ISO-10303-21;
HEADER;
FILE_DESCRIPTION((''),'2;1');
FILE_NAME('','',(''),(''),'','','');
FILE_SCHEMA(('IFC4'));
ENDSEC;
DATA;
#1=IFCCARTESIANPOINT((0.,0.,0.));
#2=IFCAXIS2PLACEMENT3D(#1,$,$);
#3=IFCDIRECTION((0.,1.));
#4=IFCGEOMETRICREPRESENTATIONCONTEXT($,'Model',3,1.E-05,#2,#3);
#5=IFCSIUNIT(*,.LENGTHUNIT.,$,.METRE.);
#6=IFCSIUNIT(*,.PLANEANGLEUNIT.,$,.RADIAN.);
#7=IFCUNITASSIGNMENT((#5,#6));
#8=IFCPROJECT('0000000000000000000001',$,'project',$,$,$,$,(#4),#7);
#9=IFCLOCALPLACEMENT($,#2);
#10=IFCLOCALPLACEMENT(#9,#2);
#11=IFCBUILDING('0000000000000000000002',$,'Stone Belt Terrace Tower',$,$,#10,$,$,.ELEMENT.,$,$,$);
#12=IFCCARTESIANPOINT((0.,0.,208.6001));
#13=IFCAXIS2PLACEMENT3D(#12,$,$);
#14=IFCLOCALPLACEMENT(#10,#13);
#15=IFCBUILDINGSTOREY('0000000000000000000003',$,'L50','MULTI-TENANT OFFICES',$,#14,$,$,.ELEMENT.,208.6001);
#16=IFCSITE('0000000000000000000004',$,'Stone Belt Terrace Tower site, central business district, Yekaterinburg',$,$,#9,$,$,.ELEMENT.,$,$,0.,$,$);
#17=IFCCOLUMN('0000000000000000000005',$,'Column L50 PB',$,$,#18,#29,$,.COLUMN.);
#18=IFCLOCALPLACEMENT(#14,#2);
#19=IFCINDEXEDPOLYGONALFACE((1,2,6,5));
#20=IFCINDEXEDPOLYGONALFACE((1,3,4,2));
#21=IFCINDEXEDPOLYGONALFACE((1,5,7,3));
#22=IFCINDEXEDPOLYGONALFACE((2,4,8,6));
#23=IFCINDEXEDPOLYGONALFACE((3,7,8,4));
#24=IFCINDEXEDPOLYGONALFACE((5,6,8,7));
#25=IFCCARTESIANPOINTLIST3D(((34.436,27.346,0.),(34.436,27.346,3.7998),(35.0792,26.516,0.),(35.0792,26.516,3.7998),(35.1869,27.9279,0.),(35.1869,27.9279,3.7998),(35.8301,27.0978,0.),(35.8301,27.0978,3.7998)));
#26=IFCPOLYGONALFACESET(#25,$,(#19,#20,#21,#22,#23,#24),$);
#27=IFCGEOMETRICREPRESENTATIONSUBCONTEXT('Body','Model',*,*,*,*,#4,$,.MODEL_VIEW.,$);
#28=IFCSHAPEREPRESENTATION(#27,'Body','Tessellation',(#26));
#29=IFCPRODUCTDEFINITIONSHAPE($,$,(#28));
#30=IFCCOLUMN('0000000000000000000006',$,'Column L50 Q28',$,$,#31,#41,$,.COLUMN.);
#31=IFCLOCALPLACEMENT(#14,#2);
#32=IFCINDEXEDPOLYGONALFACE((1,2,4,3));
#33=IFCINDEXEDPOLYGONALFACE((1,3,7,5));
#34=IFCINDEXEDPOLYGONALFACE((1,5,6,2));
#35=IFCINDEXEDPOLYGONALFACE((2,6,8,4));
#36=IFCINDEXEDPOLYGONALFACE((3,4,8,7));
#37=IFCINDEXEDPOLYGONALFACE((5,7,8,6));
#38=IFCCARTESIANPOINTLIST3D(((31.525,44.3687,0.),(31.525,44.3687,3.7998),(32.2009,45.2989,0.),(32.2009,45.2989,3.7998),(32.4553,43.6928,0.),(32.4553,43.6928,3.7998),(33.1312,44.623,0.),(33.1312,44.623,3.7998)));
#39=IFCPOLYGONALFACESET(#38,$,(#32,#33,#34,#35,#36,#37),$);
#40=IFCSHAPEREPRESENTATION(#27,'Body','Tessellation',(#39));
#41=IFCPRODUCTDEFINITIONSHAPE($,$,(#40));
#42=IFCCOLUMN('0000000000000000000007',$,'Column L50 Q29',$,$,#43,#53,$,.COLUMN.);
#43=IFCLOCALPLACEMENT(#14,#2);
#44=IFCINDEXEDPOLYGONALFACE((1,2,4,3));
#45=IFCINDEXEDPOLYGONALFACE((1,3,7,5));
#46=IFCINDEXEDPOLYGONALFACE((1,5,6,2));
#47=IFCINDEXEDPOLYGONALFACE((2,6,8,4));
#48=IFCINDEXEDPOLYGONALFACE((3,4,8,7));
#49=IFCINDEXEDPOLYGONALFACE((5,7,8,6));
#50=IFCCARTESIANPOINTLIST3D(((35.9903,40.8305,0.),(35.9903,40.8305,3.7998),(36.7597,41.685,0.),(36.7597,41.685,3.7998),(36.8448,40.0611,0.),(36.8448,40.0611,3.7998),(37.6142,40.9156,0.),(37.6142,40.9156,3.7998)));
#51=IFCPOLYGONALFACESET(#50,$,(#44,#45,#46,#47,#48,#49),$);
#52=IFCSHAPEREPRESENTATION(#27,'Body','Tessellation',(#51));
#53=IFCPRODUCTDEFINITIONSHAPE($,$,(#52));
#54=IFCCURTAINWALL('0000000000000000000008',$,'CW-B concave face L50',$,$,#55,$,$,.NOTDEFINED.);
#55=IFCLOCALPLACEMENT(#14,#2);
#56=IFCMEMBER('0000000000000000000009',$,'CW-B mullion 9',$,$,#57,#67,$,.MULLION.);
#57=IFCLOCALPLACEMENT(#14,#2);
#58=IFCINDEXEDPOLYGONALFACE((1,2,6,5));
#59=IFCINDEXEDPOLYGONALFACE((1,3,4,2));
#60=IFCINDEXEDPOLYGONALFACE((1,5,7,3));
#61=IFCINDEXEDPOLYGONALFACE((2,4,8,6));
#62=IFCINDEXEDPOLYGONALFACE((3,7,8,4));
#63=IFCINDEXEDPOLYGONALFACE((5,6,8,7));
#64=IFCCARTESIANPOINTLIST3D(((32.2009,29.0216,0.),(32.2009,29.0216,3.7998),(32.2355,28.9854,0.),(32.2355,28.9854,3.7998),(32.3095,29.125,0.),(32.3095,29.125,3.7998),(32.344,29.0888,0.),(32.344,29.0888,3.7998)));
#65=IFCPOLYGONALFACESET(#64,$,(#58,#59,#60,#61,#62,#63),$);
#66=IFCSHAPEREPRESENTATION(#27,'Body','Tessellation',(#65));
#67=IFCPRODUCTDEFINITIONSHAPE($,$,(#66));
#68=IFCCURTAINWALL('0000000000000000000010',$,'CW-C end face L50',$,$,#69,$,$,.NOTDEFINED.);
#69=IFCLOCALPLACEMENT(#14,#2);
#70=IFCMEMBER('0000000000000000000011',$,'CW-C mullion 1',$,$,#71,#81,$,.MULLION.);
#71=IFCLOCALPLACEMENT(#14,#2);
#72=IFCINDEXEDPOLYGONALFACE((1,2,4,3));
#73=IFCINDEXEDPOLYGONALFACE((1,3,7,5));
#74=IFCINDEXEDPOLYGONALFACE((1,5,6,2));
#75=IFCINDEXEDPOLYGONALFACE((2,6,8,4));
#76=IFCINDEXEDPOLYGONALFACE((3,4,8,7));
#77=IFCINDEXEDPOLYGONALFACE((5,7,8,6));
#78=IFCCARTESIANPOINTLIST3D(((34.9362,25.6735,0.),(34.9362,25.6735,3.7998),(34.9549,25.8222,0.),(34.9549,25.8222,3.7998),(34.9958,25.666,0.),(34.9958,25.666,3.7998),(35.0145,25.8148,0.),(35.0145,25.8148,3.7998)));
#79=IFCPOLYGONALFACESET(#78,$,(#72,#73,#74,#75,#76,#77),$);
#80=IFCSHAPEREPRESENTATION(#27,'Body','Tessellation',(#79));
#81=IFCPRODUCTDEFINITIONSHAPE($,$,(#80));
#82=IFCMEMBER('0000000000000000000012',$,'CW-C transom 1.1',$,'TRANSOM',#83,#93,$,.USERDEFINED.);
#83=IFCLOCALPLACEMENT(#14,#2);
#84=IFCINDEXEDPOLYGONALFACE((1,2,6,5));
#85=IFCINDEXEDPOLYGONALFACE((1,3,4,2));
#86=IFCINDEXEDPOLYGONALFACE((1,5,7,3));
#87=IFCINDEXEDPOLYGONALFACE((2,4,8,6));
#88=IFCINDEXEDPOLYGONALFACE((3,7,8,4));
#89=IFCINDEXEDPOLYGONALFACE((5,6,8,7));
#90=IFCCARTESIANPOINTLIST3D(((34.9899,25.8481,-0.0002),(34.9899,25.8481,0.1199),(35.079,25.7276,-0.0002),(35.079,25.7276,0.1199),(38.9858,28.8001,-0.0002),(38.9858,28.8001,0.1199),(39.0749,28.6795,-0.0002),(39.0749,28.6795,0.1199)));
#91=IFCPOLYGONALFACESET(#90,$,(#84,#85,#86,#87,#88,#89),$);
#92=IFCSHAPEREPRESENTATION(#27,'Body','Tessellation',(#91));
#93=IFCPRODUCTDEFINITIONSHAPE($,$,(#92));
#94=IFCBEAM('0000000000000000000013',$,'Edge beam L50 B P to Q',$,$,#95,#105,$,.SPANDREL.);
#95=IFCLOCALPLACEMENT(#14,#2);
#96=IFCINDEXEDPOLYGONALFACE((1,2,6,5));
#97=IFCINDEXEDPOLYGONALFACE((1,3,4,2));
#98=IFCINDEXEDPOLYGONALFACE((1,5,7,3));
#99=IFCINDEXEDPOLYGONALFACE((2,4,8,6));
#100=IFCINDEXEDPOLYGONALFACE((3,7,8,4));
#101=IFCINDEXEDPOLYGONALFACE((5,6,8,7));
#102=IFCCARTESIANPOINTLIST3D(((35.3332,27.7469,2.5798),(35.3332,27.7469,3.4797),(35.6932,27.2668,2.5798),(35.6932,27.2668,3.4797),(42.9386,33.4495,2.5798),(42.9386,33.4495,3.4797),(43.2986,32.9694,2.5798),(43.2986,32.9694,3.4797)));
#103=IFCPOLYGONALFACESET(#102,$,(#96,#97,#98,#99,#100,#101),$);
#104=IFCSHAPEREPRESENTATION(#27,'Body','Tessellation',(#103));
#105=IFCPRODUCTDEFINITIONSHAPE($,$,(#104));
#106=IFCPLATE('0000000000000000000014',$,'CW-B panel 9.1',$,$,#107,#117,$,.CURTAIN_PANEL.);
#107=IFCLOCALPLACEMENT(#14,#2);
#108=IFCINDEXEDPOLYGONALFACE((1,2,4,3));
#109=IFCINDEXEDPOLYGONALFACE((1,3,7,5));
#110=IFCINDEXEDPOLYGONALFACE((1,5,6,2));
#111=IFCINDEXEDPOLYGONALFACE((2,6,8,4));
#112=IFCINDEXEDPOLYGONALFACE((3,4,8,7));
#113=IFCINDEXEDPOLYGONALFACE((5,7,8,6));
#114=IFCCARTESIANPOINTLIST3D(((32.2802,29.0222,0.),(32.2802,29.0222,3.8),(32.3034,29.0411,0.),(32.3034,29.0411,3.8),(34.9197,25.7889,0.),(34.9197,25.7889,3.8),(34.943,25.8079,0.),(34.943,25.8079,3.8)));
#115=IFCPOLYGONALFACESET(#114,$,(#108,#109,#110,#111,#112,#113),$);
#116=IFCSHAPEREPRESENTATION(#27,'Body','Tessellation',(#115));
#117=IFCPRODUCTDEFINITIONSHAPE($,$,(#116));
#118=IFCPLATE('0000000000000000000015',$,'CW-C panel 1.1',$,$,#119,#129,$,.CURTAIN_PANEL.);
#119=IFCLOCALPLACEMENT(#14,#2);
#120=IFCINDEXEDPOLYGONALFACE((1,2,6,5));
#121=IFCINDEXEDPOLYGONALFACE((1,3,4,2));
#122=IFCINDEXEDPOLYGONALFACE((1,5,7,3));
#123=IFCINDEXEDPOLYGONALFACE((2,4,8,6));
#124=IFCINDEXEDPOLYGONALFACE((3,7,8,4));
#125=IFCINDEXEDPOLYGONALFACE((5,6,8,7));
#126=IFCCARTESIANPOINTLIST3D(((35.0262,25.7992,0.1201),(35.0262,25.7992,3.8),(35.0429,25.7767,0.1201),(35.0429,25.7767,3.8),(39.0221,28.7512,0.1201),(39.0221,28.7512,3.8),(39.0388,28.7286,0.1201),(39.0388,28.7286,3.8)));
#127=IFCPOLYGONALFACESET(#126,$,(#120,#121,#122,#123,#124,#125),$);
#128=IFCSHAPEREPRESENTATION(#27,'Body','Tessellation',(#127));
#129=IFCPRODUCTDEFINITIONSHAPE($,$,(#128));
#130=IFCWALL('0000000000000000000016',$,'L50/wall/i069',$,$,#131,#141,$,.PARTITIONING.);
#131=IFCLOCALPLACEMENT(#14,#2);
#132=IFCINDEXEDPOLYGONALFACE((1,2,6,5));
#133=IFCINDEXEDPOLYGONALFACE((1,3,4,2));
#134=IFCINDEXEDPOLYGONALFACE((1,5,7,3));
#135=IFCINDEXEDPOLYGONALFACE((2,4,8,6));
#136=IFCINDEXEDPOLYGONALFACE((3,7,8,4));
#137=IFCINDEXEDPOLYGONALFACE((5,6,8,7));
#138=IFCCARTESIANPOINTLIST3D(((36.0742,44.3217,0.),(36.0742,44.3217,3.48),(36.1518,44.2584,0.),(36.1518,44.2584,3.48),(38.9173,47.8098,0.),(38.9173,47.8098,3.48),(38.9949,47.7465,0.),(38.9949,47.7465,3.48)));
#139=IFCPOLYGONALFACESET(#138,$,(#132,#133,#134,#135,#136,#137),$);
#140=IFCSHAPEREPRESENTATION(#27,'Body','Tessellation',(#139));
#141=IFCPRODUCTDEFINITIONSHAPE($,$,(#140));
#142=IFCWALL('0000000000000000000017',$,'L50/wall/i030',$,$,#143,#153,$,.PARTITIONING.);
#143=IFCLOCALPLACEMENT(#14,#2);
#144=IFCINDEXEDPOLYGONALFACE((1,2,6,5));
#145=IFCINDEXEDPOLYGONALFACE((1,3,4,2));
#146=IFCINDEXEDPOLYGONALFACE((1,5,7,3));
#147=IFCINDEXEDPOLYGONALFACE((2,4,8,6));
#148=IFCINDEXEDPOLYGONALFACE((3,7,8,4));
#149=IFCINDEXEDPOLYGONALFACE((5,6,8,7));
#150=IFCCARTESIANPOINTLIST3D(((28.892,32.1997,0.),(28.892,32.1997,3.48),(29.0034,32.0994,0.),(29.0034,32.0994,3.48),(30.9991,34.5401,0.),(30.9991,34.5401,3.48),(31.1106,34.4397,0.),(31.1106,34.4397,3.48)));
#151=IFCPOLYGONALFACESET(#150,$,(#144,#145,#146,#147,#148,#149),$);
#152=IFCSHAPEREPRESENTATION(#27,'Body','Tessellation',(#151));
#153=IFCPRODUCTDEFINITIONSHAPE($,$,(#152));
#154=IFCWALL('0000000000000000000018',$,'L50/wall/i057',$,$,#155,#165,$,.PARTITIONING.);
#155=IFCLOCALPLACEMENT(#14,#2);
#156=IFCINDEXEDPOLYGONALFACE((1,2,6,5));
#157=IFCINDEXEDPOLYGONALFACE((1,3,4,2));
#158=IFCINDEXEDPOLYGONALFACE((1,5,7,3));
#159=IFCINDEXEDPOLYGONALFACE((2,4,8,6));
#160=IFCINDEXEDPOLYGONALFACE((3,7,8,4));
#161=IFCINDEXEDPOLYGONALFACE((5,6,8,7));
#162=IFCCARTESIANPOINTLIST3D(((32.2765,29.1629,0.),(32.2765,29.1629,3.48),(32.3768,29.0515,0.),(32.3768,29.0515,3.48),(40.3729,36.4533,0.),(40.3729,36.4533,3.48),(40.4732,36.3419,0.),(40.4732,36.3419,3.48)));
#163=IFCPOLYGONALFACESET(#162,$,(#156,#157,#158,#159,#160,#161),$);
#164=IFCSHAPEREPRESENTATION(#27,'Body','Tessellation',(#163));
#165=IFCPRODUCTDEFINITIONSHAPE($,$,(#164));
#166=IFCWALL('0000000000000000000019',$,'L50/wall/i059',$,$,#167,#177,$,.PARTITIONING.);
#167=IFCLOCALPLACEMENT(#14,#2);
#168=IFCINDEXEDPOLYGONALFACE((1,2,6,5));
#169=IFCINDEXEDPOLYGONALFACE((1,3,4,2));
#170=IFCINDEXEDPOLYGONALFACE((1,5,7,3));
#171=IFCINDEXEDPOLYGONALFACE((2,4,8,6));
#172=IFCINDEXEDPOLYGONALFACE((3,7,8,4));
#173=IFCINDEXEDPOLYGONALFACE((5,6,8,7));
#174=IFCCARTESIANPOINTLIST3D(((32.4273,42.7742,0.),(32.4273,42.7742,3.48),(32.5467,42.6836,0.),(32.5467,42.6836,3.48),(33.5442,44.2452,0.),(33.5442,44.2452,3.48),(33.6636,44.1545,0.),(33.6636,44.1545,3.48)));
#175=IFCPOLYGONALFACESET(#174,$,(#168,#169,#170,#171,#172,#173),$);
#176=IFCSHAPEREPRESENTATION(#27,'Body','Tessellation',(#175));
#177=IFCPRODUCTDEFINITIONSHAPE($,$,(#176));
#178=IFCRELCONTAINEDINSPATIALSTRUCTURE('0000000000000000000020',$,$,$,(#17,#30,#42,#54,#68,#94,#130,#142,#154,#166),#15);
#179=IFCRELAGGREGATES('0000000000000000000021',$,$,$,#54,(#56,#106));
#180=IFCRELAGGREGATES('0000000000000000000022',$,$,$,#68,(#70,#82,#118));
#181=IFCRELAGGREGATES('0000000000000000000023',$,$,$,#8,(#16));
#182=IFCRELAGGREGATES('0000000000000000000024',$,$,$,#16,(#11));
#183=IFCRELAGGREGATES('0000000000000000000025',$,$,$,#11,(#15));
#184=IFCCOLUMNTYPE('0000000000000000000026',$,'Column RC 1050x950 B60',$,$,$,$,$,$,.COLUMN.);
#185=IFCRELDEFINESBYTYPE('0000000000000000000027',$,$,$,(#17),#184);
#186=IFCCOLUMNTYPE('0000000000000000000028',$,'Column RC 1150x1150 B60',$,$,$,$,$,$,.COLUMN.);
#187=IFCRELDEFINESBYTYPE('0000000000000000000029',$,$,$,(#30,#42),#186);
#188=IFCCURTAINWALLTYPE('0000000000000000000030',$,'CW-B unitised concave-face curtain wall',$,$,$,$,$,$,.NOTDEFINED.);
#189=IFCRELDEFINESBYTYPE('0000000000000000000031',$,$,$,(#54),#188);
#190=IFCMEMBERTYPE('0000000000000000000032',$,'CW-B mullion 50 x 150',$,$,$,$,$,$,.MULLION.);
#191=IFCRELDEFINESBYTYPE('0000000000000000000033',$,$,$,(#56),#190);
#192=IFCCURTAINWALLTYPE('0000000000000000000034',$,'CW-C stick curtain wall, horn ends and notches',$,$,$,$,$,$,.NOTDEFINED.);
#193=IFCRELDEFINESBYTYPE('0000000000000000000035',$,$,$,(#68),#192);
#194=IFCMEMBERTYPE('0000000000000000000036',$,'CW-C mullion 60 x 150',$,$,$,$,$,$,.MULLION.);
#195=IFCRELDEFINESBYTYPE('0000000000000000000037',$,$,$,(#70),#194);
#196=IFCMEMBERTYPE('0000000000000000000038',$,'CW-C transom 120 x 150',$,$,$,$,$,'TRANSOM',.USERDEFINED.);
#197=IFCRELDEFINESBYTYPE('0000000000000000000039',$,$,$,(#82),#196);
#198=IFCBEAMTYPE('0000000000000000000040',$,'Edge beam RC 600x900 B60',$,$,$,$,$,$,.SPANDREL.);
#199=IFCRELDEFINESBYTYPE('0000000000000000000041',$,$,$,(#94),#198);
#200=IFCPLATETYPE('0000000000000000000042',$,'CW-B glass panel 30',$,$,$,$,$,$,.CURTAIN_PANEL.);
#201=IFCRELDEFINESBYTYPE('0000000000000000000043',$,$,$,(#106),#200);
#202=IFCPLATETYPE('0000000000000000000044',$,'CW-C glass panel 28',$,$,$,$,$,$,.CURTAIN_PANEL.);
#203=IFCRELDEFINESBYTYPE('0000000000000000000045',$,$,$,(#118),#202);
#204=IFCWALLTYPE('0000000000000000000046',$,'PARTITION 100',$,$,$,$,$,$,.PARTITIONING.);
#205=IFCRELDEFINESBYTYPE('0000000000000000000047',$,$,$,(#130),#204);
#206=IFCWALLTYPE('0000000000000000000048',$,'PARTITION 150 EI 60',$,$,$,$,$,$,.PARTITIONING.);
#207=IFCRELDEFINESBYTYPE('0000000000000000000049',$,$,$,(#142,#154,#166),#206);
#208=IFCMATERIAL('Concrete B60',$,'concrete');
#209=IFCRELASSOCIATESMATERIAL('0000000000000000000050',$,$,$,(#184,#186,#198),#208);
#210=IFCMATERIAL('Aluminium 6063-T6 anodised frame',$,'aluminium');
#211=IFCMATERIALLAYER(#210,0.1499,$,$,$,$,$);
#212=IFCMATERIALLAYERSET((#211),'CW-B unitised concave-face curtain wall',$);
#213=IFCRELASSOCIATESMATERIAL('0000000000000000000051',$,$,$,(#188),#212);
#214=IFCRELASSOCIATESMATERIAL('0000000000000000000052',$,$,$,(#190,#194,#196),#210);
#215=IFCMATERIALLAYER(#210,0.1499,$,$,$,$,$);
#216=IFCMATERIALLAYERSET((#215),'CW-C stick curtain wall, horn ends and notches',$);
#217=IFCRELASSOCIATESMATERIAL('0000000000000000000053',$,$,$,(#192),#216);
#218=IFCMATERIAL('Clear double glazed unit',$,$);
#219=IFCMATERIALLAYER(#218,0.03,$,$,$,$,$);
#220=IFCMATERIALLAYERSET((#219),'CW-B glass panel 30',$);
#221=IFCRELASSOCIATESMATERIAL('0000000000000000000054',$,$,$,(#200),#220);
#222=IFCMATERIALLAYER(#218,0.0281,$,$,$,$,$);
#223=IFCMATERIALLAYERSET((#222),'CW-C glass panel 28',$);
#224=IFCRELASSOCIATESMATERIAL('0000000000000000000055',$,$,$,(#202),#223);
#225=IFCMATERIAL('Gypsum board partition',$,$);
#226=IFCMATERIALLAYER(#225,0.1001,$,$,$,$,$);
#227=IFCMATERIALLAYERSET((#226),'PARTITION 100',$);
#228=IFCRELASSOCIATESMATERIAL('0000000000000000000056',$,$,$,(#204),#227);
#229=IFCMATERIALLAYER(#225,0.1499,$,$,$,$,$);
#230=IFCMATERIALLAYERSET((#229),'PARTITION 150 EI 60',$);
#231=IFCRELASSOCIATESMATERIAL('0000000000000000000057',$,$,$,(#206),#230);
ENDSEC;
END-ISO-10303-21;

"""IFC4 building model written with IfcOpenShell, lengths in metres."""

from ifc_helpers import new_model, si_unit, direction, frame, frame_2d, origin, origin_2d, place, context, subcontext, project, spatial, rectangle, extrude, material, layer, layer_set, material_profile, profile_set, type_object, element, aggregate, save


model = new_model("IFC4")

# Units and contexts
model_context = context("Model", 3, precision=1e-05, world=origin(), true_north=direction((0.0, 1.0)))
body_context = subcontext(model_context, "Body", "Model", "MODEL_VIEW")
ifc_project = project(units=[si_unit("LENGTHUNIT", "METRE"), si_unit("PLANEANGLEUNIT", "RADIAN")], contexts=[model_context])

# Site, building, storey
site_placement = place(None, origin())
site = spatial("IfcSite", under=ifc_project, at=site_placement, Name="Stone Belt Terrace Tower site, central business district, Yekaterinburg", CompositionType="ELEMENT", RefElevation=0.0)
building_placement = place(site_placement, origin())
building = spatial("IfcBuilding", under=site, at=building_placement, Name="Stone Belt Terrace Tower", CompositionType="ELEMENT")
storey_placement = place(building_placement, frame((0.0, 0.0, 208.6001)))
storey = spatial("IfcBuildingStorey", under=building, at=storey_placement, Name="L50", Description="MULTI-TENANT OFFICES", CompositionType="ELEMENT", Elevation=208.6001)

# Columns
ifc_material_1 = material(Name="Concrete B60", Category="concrete")
ifc_material_profile_1 = material_profile(ifc_material_1, rectangle(XDim=1.05, YDim=0.95, at=origin_2d()), Name="RC 1050x950")
ifc_profile_set_1 = profile_set([ifc_material_profile_1], Name="Concrete B60")
column_type_1 = type_object("IfcColumnType", Name="Column RC 1050x950 B60", PredefinedType="COLUMN", material=ifc_profile_set_1)
column_placement = place(storey_placement, frame((35.1331, 27.2219, 0.0), z_axis=(0.0, 0.0, 1.0), x_axis=(0.612485, -0.790482, 0.0)))
element("IfcColumn", 1, at=column_placement, inside=storey, type_object=column_type_1, Name="Column L50 PB", PredefinedType="COLUMN", context=body_context, shape_type="SweptSolid", body=[
    extrude(rectangle(XDim=1.05, YDim=0.95, at=origin_2d()), origin(), (0.0, 0.0, 1.0), 3.7998),
])
ifc_material_profile_2 = material_profile(ifc_material_1, rectangle(XDim=1.1499, YDim=1.1499, at=origin_2d()), Name="RC 1150x1150")
ifc_profile_set_2 = profile_set([ifc_material_profile_2], Name="Concrete B60")
column_type_2 = type_object("IfcColumnType", Name="Column RC 1150x1150 B60", PredefinedType="COLUMN", material=ifc_profile_set_2)
for number, where, z_axis, x_axis, name in (
    (2, (32.3281, 44.4958, 0.0), (0.0, 0.0, 1.0), (0.809017, -0.587785, 0.0), "Column L50 Q28"),
    (3, (36.8022, 40.873, 0.0), (0.0, 0.0, 1.0), (0.743145, -0.669131, 0.0), "Column L50 Q29"),
):
    element("IfcColumn", number, at=place(storey_placement, frame(where, z_axis=z_axis, x_axis=x_axis)), inside=storey, type_object=column_type_2, Name=name, PredefinedType="COLUMN", context=body_context, shape_type="SweptSolid", body=[
        extrude(rectangle(XDim=1.1499, YDim=1.1499, at=origin_2d()), origin(), (0.0, 0.0, 1.0), 3.7998),
    ])

# Curtain wall, member
ifc_material_2 = material(Name="Aluminium 6063-T6 anodised frame", Category="aluminium")
ifc_layer_1 = layer(ifc_material_2, 0.1499)
ifc_layer_set_1 = layer_set([ifc_layer_1], Name="CW-B unitised concave-face curtain wall")
curtain_wall_type_1 = type_object("IfcCurtainWallType", Name="CW-B unitised concave-face curtain wall", PredefinedType="NOTDEFINED", material=ifc_layer_set_1)
curtain_wall_1_placement = place(storey_placement, origin())
curtain_wall_1 = element("IfcCurtainWall", 4, at=curtain_wall_1_placement, inside=storey, type_object=curtain_wall_type_1, Name="CW-B concave face L50", PredefinedType="NOTDEFINED")
ifc_material_profile_3 = material_profile(ifc_material_2, rectangle(XDim=0.1499, YDim=0.05, at=origin_2d()), Name="Aluminium 6063-T6 50x150")
ifc_profile_set_3 = profile_set([ifc_material_profile_3], Name="Aluminium 6063-T6 anodised frame")
member_type_1 = type_object("IfcMemberType", Name="CW-B mullion 50 x 150", PredefinedType="MULLION", material=ifc_profile_set_3)
member_1_placement = place(storey_placement, frame((32.2725, 29.0552, 0.0), z_axis=(0.0, 0.0, 1.0), x_axis=(0.724008, 0.689792, 0.0)))
member_1 = element("IfcMember", 5, at=member_1_placement, type_object=member_type_1, Name="CW-B mullion 9", PredefinedType="MULLION", context=body_context, shape_type="SweptSolid", body=[
    extrude(rectangle(XDim=0.1499, YDim=0.05, at=origin_2d()), origin(), (0.0, 0.0, 1.0), 3.7998),
])

# Curtain wall, members
ifc_layer_2 = layer(ifc_material_2, 0.1499)
ifc_layer_set_2 = layer_set([ifc_layer_2], Name="CW-C stick curtain wall, horn ends and notches")
curtain_wall_type_2 = type_object("IfcCurtainWallType", Name="CW-C stick curtain wall, horn ends and notches", PredefinedType="NOTDEFINED", material=ifc_layer_set_2)
curtain_wall_2_placement = place(storey_placement, origin())
curtain_wall_2 = element("IfcCurtainWall", 6, at=curtain_wall_2_placement, inside=storey, type_object=curtain_wall_type_2, Name="CW-C end face L50", PredefinedType="NOTDEFINED")
ifc_material_profile_4 = material_profile(ifc_material_2, rectangle(XDim=0.1499, YDim=0.0601, at=origin_2d()), Name="Aluminium 6063-T6 60x150")
ifc_profile_set_4 = profile_set([ifc_material_profile_4], Name="Aluminium 6063-T6 anodised frame")
member_type_2 = type_object("IfcMemberType", Name="CW-C mullion 60 x 150", PredefinedType="MULLION", material=ifc_profile_set_4)
member_2_placement = place(storey_placement, frame((34.9753, 25.7441, 0.0), z_axis=(0.0, 0.0, 1.0), x_axis=(0.124626, 0.992204, 0.0)))
member_2 = element("IfcMember", 7, at=member_2_placement, type_object=member_type_2, Name="CW-C mullion 1", PredefinedType="MULLION", context=body_context, shape_type="SweptSolid", body=[
    extrude(rectangle(XDim=0.1499, YDim=0.0601, at=origin_2d()), origin(), (0.0, 0.0, 1.0), 3.7998),
])
ifc_material_profile_5 = material_profile(ifc_material_2, rectangle(XDim=0.1499, YDim=0.1201, at=origin_2d()), Name="Aluminium 6063-T6 150x120")
ifc_profile_set_5 = profile_set([ifc_material_profile_5], Name="Aluminium 6063-T6 anodised frame")
member_type_3 = type_object("IfcMemberType", Name="CW-C transom 120 x 150", ElementType="TRANSOM", PredefinedType="USERDEFINED", material=ifc_profile_set_5)
member_3_placement = place(storey_placement, frame((35.0344, 25.7878, 0.0598), z_axis=(0.804325, 0.594189, 0.0), x_axis=(-0.594189, 0.804325, 0.0)))
member_3 = element("IfcMember", 8, at=member_3_placement, type_object=member_type_3, Name="CW-C transom 1.1", ObjectType="TRANSOM", PredefinedType="USERDEFINED", context=body_context, shape_type="SweptSolid", body=[
    extrude(rectangle(XDim=0.1499, YDim=0.1201, at=origin_2d()), origin(), (0.0, 0.0, 1.0), 4.968),
])

# Beam
ifc_material_profile_6 = material_profile(ifc_material_1, rectangle(XDim=0.6001, YDim=0.8999, at=origin_2d()), Name="RC 600x900")
ifc_profile_set_6 = profile_set([ifc_material_profile_6], Name="Concrete B60")
beam_type = type_object("IfcBeamType", Name="Edge beam RC 600x900 B60", PredefinedType="SPANDREL", material=ifc_profile_set_6)
beam_placement = place(storey_placement, frame((35.5132, 27.5068, 3.0298), z_axis=(0.800074, 0.599901, 0.0), x_axis=(-0.599901, 0.800074, 0.0)))
element("IfcBeam", 9, at=beam_placement, inside=storey, type_object=beam_type, Name="Edge beam L50 B P to Q", PredefinedType="SPANDREL", context=body_context, shape_type="SweptSolid", body=[
    extrude(rectangle(XDim=0.6001, YDim=0.8999, at=origin_2d()), origin(), (0.0, 0.0, 1.0), 9.5059),
])

# Plates
ifc_material_3 = material(Name="Clear double glazed unit")
ifc_layer_3 = layer(ifc_material_3, 0.03)
ifc_layer_set_3 = layer_set([ifc_layer_3], Name="CW-B glass panel 30")
plate_type_1 = type_object("IfcPlateType", Name="CW-B glass panel 30", PredefinedType="CURTAIN_PANEL", material=ifc_layer_set_3)
plate_1_placement = place(storey_placement, frame((33.6116, 27.415, 0.0), z_axis=(0.0, 0.0, 1.0), x_axis=(0.632398, -0.774644, 0.0)))
plate_1 = element("IfcPlate", 10, at=plate_1_placement, type_object=plate_type_1, Name="CW-B panel 9.1", PredefinedType="CURTAIN_PANEL", context=body_context, shape_type="SweptSolid", body=[
    extrude(rectangle(XDim=4.1738, YDim=0.03, at=origin_2d()), origin(), (0.0, 0.0, 1.0), 3.8),
])
aggregate(curtain_wall_1, [member_1, plate_1])
ifc_layer_4 = layer(ifc_material_3, 0.0281)
ifc_layer_set_4 = layer_set([ifc_layer_4], Name="CW-C glass panel 28")
plate_type_2 = type_object("IfcPlateType", Name="CW-C glass panel 28", PredefinedType="CURTAIN_PANEL", material=ifc_layer_set_4)
plate_2_placement = place(storey_placement, frame((37.0325, 27.2639, 0.1201), z_axis=(0.0, 0.0, 1.0), x_axis=(0.804329, 0.594184, 0.0)))
plate_2 = element("IfcPlate", 11, at=plate_2_placement, type_object=plate_type_2, Name="CW-C panel 1.1", PredefinedType="CURTAIN_PANEL", context=body_context, shape_type="SweptSolid", body=[
    extrude(rectangle(XDim=4.968, YDim=0.0281, at=origin_2d()), origin(), (0.0, 0.0, 1.0), 3.6799),
])
aggregate(curtain_wall_2, [member_2, member_3, plate_2])

# Walls
ifc_material_4 = material(Name="Gypsum board partition")
ifc_layer_5 = layer(ifc_material_4, 0.1001)
ifc_layer_set_5 = layer_set([ifc_layer_5], Name="PARTITION 100")
wall_type_1 = type_object("IfcWallType", Name="PARTITION 100", PredefinedType="PARTITIONING", material=ifc_layer_set_5)
wall_1_placement = place(storey_placement, frame((36.113, 44.29, 0.0), z_axis=(0.0, 0.0, 1.0), x_axis=(0.631795, 0.775136, 0.0)))
element("IfcWall", 12, at=wall_1_placement, inside=storey, type_object=wall_type_1, Name="L50/wall/i069", PredefinedType="PARTITIONING", context=body_context, shape_type="SweptSolid", body=[
    extrude(rectangle(XDim=4.5, YDim=0.1001, at=frame_2d((2.25, 0.0))), origin(), (0.0, 0.0, 1.0), 3.48),
])
ifc_layer_6 = layer(ifc_material_4, 0.1499)
ifc_layer_set_6 = layer_set([ifc_layer_6], Name="PARTITION 150 EI 60")
wall_type_2 = type_object("IfcWallType", Name="PARTITION 150 EI 60", PredefinedType="PARTITIONING", material=ifc_layer_set_6)
wall_2_placement = place(storey_placement, frame((31.0549, 34.49, 0.0), z_axis=(0.0, 0.0, 1.0), x_axis=(-0.669119, -0.743155, 0.0)))
element("IfcWall", 13, at=wall_2_placement, inside=storey, type_object=wall_type_2, Name="L50/wall/i030", PredefinedType="PARTITIONING", context=body_context, shape_type="SweptSolid", body=[
    extrude(rectangle(XDim=3.1492, YDim=0.1499, at=frame_2d((1.5747, 0.0))), origin(), (0.0, 0.0, 1.0), 3.48),
])
wall_3_placement = place(storey_placement, frame((32.3267, 29.1072, 0.0), z_axis=(0.0, 0.0, 1.0), x_axis=(0.743124, 0.669154, 0.0)))
element("IfcWall", 14, at=wall_3_placement, inside=storey, type_object=wall_type_2, Name="L50/wall/i057", PredefinedType="PARTITIONING", context=body_context, shape_type="SweptSolid", body=[
    extrude(rectangle(XDim=10.895, YDim=0.1499, at=frame_2d((5.4475, 0.0))), origin(), (0.0, 0.0, 1.0), 3.48),
])
wall_4_placement = place(storey_placement, frame((32.4871, 42.729, 0.0), z_axis=(0.0, 0.0, 1.0), x_axis=(0.604748, 0.796417, 0.0)))
element("IfcWall", 15, at=wall_4_placement, inside=storey, type_object=wall_type_2, Name="L50/wall/i059", PredefinedType="PARTITIONING", context=body_context, shape_type="SweptSolid", body=[
    extrude(rectangle(XDim=1.8469, YDim=0.1499, at=frame_2d((0.9233, 0.0))), origin(), (0.0, 0.0, 1.0), 3.48),
])

save(model, "model.ifc")
